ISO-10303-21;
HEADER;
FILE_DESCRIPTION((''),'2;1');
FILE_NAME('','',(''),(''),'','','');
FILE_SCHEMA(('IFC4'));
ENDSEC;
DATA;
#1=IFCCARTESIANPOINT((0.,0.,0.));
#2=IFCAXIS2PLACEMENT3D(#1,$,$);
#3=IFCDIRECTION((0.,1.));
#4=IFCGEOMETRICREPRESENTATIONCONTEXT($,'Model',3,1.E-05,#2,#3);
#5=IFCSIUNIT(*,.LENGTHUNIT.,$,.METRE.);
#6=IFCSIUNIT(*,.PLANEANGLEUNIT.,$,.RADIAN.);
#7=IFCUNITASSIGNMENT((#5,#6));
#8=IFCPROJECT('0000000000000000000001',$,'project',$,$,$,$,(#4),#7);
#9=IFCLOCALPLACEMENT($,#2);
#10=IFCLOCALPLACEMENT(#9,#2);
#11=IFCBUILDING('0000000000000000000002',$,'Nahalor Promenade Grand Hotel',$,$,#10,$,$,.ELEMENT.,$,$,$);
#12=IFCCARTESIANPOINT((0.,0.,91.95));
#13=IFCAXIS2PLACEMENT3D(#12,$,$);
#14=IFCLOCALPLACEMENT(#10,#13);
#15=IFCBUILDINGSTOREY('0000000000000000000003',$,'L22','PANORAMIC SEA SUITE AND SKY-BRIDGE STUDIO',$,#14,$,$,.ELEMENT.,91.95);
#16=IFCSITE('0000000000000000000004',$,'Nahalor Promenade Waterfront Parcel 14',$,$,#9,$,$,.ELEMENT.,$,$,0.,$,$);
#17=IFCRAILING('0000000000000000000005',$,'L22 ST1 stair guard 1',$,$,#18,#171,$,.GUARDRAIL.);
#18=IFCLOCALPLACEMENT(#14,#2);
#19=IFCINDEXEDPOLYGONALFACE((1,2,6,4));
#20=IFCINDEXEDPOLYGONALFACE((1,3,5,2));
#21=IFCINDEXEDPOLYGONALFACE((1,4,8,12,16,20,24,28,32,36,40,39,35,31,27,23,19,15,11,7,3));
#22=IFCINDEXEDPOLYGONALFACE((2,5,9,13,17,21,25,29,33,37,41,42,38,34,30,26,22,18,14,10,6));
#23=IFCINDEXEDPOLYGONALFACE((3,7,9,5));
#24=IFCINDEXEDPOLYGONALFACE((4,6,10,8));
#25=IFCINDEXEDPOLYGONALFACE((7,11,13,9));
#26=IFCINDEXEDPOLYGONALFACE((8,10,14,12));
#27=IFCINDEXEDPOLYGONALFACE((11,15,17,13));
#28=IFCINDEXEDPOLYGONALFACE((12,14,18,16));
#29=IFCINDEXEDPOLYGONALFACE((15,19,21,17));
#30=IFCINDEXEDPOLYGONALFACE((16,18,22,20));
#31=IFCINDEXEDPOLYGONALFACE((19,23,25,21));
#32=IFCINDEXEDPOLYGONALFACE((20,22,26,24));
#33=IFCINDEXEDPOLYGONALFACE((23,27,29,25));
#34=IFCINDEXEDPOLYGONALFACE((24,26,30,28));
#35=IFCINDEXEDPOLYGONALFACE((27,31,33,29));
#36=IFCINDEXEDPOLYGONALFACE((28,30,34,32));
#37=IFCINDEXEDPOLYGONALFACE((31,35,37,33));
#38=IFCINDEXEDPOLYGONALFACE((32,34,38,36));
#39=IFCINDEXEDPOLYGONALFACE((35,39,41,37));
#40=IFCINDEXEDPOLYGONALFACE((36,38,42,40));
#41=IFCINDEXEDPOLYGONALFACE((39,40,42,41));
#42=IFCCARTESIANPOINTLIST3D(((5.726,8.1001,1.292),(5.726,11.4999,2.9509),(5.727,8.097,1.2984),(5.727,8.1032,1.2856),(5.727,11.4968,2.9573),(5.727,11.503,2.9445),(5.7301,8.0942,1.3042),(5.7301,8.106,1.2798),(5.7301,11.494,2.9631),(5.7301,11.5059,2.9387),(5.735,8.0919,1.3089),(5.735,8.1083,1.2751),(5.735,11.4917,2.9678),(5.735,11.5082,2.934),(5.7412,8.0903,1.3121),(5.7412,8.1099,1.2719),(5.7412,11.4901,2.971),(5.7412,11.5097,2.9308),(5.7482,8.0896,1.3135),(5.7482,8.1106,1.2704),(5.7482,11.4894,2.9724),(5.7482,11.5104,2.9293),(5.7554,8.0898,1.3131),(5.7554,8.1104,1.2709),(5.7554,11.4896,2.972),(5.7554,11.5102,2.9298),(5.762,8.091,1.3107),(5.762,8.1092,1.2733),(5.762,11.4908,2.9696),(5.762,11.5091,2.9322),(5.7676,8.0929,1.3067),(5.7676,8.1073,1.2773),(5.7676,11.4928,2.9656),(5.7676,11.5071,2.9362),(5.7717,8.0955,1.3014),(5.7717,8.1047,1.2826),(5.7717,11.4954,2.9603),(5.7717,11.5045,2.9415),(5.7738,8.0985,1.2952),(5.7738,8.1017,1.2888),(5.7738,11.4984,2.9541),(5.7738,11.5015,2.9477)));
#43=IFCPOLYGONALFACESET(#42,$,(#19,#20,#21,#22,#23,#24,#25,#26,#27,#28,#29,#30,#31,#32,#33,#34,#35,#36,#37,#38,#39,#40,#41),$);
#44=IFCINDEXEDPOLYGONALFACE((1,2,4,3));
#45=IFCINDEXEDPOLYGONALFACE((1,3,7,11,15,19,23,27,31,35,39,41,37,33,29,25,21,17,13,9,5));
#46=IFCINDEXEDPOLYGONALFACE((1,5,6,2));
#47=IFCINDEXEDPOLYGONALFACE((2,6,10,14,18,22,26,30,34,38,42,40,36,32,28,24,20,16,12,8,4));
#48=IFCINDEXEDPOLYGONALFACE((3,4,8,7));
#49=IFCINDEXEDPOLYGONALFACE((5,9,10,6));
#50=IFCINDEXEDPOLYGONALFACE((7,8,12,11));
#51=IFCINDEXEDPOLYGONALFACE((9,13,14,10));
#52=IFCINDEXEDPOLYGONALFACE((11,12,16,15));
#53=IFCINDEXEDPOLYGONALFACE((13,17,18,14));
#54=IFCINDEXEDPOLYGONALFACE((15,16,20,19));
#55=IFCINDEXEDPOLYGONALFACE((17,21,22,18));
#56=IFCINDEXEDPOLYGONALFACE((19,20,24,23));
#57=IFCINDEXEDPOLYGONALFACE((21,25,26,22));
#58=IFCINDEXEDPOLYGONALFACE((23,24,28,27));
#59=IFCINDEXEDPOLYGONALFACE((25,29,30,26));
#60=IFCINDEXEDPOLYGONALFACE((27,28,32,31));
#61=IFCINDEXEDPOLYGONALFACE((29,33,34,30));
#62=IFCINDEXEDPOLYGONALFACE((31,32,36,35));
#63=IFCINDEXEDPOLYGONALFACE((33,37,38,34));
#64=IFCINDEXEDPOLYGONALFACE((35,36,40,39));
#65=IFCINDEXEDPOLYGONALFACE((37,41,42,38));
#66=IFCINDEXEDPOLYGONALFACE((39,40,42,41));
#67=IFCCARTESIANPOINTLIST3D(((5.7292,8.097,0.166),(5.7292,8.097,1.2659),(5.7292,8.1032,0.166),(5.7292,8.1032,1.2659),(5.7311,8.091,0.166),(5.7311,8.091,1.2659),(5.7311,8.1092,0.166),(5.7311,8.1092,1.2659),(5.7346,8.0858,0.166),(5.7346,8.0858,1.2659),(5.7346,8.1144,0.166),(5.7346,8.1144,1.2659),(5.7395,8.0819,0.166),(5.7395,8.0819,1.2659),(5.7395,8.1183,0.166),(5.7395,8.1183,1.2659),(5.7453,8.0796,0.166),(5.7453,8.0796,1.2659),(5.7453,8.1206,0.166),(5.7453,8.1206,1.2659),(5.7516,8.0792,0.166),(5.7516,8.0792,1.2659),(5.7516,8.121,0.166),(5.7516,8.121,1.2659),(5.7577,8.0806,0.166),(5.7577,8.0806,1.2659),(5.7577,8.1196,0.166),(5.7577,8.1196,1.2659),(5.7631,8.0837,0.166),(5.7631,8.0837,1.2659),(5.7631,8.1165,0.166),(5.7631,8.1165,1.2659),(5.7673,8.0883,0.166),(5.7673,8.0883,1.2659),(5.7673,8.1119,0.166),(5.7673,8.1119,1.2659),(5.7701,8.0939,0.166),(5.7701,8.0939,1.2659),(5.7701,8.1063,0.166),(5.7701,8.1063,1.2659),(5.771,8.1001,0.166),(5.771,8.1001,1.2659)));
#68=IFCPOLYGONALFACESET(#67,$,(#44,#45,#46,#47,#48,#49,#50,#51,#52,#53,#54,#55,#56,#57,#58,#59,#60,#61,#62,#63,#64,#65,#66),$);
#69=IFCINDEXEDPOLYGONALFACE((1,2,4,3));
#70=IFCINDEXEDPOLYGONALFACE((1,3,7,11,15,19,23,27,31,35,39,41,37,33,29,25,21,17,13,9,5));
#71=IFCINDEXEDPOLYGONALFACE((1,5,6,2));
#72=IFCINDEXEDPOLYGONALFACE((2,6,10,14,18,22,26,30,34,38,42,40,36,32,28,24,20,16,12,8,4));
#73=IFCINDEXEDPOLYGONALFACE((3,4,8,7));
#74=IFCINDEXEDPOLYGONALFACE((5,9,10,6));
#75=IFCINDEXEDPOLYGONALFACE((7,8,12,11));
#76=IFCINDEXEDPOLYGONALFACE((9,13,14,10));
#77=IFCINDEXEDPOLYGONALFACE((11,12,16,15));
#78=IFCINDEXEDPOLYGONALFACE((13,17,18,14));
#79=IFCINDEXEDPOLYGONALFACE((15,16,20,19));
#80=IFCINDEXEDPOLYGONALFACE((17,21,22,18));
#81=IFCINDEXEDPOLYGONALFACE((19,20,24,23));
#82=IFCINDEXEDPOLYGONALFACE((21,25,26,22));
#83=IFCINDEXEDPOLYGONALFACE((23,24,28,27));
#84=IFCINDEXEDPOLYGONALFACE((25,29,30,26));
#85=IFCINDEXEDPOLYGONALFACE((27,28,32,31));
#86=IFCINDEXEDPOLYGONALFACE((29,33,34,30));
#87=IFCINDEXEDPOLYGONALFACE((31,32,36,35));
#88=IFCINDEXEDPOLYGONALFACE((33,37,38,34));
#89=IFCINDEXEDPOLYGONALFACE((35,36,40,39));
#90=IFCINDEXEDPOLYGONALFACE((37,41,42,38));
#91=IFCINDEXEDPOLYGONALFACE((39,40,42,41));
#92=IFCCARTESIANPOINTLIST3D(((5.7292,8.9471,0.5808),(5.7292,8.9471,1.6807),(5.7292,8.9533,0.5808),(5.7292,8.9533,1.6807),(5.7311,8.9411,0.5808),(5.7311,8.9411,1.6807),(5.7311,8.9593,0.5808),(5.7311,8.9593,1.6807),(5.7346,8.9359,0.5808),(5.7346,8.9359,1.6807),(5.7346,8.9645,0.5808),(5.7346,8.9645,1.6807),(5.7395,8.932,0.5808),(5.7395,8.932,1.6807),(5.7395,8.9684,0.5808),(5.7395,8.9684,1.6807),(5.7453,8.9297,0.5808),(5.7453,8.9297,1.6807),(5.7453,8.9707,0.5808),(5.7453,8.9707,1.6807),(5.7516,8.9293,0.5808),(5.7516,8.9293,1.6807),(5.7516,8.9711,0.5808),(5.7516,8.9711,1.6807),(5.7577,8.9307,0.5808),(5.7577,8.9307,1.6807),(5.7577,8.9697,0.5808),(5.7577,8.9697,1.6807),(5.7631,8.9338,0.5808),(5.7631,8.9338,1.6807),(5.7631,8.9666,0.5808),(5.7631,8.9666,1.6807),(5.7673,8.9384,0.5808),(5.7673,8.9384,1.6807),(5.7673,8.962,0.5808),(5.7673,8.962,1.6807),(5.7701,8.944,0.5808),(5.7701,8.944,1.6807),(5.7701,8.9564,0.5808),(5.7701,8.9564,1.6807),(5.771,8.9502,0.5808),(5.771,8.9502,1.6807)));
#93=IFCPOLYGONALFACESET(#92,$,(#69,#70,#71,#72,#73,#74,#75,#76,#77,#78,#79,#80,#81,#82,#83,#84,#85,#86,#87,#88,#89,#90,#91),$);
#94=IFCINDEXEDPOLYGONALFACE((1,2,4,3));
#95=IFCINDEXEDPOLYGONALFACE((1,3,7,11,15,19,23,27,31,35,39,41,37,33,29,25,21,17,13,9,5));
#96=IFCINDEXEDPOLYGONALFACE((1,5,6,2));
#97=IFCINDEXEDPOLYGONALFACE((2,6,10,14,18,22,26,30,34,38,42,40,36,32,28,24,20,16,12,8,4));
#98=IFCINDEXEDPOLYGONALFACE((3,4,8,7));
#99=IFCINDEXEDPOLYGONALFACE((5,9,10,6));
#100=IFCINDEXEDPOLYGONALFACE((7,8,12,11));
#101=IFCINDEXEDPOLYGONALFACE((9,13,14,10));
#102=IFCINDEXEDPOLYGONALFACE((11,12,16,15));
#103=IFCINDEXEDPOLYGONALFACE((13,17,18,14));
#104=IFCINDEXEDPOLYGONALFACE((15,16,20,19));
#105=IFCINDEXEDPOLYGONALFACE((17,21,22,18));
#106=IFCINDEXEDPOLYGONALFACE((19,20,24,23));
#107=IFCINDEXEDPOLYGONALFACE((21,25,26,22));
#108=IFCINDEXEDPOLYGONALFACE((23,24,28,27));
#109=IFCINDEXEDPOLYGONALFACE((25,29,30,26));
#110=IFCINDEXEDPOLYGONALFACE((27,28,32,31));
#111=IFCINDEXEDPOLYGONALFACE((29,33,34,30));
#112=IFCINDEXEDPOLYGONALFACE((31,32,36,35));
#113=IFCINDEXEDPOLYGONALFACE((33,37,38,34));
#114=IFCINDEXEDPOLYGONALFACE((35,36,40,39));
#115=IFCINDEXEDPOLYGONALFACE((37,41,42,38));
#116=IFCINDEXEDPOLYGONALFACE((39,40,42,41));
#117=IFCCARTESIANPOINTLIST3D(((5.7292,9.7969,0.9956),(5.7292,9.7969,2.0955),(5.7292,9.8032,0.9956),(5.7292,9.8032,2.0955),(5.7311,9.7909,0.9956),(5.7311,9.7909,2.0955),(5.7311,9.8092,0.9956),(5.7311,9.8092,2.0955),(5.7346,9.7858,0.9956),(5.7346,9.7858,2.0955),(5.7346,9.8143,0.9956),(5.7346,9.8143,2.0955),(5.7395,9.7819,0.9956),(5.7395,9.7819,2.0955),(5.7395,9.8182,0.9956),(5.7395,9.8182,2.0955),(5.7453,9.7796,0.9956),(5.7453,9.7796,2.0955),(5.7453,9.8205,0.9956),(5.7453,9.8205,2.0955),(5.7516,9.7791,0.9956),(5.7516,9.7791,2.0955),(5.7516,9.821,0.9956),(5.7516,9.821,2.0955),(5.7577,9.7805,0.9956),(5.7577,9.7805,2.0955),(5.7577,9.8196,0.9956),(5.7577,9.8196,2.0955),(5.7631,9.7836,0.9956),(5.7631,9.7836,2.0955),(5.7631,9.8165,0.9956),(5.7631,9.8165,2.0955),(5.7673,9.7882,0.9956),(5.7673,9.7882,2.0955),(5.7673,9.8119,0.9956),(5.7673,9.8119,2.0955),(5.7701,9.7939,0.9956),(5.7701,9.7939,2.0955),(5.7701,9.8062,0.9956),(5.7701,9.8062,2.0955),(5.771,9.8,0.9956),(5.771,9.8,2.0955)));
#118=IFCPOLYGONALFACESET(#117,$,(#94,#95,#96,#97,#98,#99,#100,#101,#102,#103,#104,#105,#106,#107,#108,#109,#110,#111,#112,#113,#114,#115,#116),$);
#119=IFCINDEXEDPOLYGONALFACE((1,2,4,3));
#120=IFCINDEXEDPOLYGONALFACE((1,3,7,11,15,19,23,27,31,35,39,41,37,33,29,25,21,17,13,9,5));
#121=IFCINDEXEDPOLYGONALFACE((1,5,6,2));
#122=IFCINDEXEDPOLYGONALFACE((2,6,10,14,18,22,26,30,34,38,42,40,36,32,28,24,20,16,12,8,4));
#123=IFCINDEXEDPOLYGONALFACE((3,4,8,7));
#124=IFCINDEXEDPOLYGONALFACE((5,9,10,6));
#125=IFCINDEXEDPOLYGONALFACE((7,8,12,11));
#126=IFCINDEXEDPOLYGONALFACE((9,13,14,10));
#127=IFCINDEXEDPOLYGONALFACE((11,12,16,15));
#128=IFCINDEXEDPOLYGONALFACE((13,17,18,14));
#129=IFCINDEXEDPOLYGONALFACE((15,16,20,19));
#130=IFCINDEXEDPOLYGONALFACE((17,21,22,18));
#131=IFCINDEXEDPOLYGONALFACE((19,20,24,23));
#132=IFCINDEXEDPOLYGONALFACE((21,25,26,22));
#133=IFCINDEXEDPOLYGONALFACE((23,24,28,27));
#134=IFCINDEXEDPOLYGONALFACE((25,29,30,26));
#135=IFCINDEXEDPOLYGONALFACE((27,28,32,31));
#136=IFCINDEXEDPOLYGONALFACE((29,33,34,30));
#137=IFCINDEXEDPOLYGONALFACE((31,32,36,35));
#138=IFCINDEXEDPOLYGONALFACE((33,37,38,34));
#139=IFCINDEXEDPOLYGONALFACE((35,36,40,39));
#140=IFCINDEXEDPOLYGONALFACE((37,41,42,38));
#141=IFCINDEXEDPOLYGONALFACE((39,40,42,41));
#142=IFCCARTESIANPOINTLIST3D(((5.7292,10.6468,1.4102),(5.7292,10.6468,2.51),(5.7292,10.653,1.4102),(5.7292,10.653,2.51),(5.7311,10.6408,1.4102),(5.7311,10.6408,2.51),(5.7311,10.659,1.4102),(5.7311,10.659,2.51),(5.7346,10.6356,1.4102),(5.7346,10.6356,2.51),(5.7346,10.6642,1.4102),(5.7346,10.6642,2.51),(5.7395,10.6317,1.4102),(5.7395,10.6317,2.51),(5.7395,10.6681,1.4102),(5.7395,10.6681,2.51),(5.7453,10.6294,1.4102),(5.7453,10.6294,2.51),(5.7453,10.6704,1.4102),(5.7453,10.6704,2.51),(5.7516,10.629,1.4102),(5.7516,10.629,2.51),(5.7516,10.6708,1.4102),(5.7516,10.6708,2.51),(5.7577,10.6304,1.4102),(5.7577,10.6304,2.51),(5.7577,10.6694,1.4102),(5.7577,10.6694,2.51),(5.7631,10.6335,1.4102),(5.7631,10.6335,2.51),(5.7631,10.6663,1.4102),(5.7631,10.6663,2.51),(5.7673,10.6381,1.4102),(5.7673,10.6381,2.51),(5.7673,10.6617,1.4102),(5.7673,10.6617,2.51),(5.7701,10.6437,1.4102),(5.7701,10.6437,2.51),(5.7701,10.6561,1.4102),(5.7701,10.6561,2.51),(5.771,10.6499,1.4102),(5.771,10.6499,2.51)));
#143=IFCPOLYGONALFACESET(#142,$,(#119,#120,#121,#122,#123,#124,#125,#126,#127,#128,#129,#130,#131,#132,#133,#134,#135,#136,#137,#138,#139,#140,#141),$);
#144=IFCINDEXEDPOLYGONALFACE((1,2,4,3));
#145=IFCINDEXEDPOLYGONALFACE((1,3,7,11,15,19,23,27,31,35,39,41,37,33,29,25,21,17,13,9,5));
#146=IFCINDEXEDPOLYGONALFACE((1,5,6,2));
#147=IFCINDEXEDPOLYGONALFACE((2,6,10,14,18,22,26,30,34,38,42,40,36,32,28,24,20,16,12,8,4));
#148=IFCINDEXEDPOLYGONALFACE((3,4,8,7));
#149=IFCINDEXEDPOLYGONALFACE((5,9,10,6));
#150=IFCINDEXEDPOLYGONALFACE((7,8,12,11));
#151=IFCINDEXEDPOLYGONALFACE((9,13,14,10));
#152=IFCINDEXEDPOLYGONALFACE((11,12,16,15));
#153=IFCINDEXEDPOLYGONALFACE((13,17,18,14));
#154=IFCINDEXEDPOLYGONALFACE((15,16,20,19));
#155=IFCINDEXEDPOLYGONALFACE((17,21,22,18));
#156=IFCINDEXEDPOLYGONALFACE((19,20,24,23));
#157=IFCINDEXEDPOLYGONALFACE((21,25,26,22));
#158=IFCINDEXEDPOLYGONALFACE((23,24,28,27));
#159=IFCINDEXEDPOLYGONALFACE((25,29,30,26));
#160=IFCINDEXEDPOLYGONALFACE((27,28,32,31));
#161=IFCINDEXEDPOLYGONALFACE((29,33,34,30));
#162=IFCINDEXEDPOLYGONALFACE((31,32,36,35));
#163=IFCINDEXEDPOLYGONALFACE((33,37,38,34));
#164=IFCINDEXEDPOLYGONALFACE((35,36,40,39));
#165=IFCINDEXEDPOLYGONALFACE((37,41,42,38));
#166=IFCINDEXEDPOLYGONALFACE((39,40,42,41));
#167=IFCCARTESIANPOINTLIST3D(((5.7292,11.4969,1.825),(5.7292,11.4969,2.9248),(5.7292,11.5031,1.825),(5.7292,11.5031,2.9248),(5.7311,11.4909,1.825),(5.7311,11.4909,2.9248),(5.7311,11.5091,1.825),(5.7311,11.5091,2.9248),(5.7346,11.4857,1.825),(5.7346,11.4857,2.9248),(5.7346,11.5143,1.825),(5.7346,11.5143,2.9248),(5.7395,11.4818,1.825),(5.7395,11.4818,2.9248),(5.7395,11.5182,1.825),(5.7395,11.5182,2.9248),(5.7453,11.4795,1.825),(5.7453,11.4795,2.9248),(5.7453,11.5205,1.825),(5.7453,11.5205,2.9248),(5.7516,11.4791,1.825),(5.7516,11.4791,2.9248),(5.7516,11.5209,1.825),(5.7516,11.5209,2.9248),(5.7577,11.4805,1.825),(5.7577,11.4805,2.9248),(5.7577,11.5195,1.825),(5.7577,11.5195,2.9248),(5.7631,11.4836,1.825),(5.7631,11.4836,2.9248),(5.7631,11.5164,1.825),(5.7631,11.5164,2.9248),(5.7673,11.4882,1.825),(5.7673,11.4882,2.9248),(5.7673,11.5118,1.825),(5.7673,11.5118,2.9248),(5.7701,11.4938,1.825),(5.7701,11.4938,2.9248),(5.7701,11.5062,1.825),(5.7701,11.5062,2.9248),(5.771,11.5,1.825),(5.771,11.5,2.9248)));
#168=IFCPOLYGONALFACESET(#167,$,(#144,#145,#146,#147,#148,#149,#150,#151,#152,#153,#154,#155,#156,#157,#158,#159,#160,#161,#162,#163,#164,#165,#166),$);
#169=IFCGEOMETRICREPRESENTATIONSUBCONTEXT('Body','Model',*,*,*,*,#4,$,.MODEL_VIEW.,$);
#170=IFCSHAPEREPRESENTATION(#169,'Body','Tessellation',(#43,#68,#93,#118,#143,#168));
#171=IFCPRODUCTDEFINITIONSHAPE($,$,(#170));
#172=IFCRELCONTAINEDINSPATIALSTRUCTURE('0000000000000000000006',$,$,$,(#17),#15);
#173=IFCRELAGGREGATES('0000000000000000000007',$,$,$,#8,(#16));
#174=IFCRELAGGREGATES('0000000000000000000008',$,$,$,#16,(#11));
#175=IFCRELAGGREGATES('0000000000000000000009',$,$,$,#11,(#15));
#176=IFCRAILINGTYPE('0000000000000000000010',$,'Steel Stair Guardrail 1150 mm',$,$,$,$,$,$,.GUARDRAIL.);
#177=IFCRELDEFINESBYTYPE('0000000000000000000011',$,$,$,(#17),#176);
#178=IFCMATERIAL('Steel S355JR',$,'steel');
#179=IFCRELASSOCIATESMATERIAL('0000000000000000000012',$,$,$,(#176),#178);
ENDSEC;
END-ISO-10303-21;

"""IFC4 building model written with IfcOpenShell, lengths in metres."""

from ifc_helpers import new_model, si_unit, direction, frame, origin, origin_2d, place, context, subcontext, project, spatial, circle, extrude, material, type_object, element, save


model = new_model("IFC4")

# Units and contexts
model_context = context("Model", 3, precision=1e-05, world=origin(), true_north=direction((0.0, 1.0)))
body_context = subcontext(model_context, "Body", "Model", "MODEL_VIEW")
ifc_project = project(units=[si_unit("LENGTHUNIT", "METRE"), si_unit("PLANEANGLEUNIT", "RADIAN")], contexts=[model_context])

# Site, building, storey
site_placement = place(None, origin())
site = spatial("IfcSite", under=ifc_project, at=site_placement, Name="Nahalor Promenade Waterfront Parcel 14", CompositionType="ELEMENT", RefElevation=0.0)
building_placement = place(site_placement, origin())
building = spatial("IfcBuilding", under=site, at=building_placement, Name="Nahalor Promenade Grand Hotel", CompositionType="ELEMENT")
storey_placement = place(building_placement, frame((0.0, 0.0, 91.95)))
storey = spatial("IfcBuildingStorey", under=building, at=storey_placement, Name="L22", Description="PANORAMIC SEA SUITE AND SKY-BRIDGE STUDIO", CompositionType="ELEMENT", Elevation=91.95)

# Shared definitions
ifc_material_1 = material(Name="Steel S355JR", Category="steel")

# Railing
railing_type_1 = type_object("IfcRailingType", Name="Steel Stair Guardrail 1150 mm", PredefinedType="GUARDRAIL", material=ifc_material_1)
railing_1_placement = place(storey_placement, frame((5.75, 8.1001, 0.166)))
element("IfcRailing", 1, at=railing_1_placement, inside=storey, type_object=railing_type_1, Name="L22 ST1 stair guard 1", PredefinedType="GUARDRAIL", context=body_context, shape_type="SweptSolid", body=[
    extrude(circle(Radius=0.024, at=origin_2d()), frame((0.0, 0.0, 1.126), z_axis=(0.0, 0.898722, 0.438519), x_axis=(-1.0, 0.0, 0.0)), (0.0, 0.0, 1.0), 3.783),
    extrude(circle(Radius=0.021, at=origin_2d()), origin(), (0.0, 0.0, 1.0), 1.0999),
    extrude(circle(Radius=0.021, at=origin_2d()), frame((0.0, 0.8501, 0.4148)), (0.0, 0.0, 1.0), 1.0999),
    extrude(circle(Radius=0.021, at=origin_2d()), frame((0.0, 1.7, 0.8296)), (0.0, 0.0, 1.0), 1.0999),
    extrude(circle(Radius=0.021, at=origin_2d()), frame((0.0, 2.5498, 1.2441)), (0.0, 0.0, 1.0), 1.0999),
    extrude(circle(Radius=0.021, at=origin_2d()), frame((0.0, 3.3999, 1.6589)), (0.0, 0.0, 1.0), 1.0999),
])

save(model, "model.ifc")
